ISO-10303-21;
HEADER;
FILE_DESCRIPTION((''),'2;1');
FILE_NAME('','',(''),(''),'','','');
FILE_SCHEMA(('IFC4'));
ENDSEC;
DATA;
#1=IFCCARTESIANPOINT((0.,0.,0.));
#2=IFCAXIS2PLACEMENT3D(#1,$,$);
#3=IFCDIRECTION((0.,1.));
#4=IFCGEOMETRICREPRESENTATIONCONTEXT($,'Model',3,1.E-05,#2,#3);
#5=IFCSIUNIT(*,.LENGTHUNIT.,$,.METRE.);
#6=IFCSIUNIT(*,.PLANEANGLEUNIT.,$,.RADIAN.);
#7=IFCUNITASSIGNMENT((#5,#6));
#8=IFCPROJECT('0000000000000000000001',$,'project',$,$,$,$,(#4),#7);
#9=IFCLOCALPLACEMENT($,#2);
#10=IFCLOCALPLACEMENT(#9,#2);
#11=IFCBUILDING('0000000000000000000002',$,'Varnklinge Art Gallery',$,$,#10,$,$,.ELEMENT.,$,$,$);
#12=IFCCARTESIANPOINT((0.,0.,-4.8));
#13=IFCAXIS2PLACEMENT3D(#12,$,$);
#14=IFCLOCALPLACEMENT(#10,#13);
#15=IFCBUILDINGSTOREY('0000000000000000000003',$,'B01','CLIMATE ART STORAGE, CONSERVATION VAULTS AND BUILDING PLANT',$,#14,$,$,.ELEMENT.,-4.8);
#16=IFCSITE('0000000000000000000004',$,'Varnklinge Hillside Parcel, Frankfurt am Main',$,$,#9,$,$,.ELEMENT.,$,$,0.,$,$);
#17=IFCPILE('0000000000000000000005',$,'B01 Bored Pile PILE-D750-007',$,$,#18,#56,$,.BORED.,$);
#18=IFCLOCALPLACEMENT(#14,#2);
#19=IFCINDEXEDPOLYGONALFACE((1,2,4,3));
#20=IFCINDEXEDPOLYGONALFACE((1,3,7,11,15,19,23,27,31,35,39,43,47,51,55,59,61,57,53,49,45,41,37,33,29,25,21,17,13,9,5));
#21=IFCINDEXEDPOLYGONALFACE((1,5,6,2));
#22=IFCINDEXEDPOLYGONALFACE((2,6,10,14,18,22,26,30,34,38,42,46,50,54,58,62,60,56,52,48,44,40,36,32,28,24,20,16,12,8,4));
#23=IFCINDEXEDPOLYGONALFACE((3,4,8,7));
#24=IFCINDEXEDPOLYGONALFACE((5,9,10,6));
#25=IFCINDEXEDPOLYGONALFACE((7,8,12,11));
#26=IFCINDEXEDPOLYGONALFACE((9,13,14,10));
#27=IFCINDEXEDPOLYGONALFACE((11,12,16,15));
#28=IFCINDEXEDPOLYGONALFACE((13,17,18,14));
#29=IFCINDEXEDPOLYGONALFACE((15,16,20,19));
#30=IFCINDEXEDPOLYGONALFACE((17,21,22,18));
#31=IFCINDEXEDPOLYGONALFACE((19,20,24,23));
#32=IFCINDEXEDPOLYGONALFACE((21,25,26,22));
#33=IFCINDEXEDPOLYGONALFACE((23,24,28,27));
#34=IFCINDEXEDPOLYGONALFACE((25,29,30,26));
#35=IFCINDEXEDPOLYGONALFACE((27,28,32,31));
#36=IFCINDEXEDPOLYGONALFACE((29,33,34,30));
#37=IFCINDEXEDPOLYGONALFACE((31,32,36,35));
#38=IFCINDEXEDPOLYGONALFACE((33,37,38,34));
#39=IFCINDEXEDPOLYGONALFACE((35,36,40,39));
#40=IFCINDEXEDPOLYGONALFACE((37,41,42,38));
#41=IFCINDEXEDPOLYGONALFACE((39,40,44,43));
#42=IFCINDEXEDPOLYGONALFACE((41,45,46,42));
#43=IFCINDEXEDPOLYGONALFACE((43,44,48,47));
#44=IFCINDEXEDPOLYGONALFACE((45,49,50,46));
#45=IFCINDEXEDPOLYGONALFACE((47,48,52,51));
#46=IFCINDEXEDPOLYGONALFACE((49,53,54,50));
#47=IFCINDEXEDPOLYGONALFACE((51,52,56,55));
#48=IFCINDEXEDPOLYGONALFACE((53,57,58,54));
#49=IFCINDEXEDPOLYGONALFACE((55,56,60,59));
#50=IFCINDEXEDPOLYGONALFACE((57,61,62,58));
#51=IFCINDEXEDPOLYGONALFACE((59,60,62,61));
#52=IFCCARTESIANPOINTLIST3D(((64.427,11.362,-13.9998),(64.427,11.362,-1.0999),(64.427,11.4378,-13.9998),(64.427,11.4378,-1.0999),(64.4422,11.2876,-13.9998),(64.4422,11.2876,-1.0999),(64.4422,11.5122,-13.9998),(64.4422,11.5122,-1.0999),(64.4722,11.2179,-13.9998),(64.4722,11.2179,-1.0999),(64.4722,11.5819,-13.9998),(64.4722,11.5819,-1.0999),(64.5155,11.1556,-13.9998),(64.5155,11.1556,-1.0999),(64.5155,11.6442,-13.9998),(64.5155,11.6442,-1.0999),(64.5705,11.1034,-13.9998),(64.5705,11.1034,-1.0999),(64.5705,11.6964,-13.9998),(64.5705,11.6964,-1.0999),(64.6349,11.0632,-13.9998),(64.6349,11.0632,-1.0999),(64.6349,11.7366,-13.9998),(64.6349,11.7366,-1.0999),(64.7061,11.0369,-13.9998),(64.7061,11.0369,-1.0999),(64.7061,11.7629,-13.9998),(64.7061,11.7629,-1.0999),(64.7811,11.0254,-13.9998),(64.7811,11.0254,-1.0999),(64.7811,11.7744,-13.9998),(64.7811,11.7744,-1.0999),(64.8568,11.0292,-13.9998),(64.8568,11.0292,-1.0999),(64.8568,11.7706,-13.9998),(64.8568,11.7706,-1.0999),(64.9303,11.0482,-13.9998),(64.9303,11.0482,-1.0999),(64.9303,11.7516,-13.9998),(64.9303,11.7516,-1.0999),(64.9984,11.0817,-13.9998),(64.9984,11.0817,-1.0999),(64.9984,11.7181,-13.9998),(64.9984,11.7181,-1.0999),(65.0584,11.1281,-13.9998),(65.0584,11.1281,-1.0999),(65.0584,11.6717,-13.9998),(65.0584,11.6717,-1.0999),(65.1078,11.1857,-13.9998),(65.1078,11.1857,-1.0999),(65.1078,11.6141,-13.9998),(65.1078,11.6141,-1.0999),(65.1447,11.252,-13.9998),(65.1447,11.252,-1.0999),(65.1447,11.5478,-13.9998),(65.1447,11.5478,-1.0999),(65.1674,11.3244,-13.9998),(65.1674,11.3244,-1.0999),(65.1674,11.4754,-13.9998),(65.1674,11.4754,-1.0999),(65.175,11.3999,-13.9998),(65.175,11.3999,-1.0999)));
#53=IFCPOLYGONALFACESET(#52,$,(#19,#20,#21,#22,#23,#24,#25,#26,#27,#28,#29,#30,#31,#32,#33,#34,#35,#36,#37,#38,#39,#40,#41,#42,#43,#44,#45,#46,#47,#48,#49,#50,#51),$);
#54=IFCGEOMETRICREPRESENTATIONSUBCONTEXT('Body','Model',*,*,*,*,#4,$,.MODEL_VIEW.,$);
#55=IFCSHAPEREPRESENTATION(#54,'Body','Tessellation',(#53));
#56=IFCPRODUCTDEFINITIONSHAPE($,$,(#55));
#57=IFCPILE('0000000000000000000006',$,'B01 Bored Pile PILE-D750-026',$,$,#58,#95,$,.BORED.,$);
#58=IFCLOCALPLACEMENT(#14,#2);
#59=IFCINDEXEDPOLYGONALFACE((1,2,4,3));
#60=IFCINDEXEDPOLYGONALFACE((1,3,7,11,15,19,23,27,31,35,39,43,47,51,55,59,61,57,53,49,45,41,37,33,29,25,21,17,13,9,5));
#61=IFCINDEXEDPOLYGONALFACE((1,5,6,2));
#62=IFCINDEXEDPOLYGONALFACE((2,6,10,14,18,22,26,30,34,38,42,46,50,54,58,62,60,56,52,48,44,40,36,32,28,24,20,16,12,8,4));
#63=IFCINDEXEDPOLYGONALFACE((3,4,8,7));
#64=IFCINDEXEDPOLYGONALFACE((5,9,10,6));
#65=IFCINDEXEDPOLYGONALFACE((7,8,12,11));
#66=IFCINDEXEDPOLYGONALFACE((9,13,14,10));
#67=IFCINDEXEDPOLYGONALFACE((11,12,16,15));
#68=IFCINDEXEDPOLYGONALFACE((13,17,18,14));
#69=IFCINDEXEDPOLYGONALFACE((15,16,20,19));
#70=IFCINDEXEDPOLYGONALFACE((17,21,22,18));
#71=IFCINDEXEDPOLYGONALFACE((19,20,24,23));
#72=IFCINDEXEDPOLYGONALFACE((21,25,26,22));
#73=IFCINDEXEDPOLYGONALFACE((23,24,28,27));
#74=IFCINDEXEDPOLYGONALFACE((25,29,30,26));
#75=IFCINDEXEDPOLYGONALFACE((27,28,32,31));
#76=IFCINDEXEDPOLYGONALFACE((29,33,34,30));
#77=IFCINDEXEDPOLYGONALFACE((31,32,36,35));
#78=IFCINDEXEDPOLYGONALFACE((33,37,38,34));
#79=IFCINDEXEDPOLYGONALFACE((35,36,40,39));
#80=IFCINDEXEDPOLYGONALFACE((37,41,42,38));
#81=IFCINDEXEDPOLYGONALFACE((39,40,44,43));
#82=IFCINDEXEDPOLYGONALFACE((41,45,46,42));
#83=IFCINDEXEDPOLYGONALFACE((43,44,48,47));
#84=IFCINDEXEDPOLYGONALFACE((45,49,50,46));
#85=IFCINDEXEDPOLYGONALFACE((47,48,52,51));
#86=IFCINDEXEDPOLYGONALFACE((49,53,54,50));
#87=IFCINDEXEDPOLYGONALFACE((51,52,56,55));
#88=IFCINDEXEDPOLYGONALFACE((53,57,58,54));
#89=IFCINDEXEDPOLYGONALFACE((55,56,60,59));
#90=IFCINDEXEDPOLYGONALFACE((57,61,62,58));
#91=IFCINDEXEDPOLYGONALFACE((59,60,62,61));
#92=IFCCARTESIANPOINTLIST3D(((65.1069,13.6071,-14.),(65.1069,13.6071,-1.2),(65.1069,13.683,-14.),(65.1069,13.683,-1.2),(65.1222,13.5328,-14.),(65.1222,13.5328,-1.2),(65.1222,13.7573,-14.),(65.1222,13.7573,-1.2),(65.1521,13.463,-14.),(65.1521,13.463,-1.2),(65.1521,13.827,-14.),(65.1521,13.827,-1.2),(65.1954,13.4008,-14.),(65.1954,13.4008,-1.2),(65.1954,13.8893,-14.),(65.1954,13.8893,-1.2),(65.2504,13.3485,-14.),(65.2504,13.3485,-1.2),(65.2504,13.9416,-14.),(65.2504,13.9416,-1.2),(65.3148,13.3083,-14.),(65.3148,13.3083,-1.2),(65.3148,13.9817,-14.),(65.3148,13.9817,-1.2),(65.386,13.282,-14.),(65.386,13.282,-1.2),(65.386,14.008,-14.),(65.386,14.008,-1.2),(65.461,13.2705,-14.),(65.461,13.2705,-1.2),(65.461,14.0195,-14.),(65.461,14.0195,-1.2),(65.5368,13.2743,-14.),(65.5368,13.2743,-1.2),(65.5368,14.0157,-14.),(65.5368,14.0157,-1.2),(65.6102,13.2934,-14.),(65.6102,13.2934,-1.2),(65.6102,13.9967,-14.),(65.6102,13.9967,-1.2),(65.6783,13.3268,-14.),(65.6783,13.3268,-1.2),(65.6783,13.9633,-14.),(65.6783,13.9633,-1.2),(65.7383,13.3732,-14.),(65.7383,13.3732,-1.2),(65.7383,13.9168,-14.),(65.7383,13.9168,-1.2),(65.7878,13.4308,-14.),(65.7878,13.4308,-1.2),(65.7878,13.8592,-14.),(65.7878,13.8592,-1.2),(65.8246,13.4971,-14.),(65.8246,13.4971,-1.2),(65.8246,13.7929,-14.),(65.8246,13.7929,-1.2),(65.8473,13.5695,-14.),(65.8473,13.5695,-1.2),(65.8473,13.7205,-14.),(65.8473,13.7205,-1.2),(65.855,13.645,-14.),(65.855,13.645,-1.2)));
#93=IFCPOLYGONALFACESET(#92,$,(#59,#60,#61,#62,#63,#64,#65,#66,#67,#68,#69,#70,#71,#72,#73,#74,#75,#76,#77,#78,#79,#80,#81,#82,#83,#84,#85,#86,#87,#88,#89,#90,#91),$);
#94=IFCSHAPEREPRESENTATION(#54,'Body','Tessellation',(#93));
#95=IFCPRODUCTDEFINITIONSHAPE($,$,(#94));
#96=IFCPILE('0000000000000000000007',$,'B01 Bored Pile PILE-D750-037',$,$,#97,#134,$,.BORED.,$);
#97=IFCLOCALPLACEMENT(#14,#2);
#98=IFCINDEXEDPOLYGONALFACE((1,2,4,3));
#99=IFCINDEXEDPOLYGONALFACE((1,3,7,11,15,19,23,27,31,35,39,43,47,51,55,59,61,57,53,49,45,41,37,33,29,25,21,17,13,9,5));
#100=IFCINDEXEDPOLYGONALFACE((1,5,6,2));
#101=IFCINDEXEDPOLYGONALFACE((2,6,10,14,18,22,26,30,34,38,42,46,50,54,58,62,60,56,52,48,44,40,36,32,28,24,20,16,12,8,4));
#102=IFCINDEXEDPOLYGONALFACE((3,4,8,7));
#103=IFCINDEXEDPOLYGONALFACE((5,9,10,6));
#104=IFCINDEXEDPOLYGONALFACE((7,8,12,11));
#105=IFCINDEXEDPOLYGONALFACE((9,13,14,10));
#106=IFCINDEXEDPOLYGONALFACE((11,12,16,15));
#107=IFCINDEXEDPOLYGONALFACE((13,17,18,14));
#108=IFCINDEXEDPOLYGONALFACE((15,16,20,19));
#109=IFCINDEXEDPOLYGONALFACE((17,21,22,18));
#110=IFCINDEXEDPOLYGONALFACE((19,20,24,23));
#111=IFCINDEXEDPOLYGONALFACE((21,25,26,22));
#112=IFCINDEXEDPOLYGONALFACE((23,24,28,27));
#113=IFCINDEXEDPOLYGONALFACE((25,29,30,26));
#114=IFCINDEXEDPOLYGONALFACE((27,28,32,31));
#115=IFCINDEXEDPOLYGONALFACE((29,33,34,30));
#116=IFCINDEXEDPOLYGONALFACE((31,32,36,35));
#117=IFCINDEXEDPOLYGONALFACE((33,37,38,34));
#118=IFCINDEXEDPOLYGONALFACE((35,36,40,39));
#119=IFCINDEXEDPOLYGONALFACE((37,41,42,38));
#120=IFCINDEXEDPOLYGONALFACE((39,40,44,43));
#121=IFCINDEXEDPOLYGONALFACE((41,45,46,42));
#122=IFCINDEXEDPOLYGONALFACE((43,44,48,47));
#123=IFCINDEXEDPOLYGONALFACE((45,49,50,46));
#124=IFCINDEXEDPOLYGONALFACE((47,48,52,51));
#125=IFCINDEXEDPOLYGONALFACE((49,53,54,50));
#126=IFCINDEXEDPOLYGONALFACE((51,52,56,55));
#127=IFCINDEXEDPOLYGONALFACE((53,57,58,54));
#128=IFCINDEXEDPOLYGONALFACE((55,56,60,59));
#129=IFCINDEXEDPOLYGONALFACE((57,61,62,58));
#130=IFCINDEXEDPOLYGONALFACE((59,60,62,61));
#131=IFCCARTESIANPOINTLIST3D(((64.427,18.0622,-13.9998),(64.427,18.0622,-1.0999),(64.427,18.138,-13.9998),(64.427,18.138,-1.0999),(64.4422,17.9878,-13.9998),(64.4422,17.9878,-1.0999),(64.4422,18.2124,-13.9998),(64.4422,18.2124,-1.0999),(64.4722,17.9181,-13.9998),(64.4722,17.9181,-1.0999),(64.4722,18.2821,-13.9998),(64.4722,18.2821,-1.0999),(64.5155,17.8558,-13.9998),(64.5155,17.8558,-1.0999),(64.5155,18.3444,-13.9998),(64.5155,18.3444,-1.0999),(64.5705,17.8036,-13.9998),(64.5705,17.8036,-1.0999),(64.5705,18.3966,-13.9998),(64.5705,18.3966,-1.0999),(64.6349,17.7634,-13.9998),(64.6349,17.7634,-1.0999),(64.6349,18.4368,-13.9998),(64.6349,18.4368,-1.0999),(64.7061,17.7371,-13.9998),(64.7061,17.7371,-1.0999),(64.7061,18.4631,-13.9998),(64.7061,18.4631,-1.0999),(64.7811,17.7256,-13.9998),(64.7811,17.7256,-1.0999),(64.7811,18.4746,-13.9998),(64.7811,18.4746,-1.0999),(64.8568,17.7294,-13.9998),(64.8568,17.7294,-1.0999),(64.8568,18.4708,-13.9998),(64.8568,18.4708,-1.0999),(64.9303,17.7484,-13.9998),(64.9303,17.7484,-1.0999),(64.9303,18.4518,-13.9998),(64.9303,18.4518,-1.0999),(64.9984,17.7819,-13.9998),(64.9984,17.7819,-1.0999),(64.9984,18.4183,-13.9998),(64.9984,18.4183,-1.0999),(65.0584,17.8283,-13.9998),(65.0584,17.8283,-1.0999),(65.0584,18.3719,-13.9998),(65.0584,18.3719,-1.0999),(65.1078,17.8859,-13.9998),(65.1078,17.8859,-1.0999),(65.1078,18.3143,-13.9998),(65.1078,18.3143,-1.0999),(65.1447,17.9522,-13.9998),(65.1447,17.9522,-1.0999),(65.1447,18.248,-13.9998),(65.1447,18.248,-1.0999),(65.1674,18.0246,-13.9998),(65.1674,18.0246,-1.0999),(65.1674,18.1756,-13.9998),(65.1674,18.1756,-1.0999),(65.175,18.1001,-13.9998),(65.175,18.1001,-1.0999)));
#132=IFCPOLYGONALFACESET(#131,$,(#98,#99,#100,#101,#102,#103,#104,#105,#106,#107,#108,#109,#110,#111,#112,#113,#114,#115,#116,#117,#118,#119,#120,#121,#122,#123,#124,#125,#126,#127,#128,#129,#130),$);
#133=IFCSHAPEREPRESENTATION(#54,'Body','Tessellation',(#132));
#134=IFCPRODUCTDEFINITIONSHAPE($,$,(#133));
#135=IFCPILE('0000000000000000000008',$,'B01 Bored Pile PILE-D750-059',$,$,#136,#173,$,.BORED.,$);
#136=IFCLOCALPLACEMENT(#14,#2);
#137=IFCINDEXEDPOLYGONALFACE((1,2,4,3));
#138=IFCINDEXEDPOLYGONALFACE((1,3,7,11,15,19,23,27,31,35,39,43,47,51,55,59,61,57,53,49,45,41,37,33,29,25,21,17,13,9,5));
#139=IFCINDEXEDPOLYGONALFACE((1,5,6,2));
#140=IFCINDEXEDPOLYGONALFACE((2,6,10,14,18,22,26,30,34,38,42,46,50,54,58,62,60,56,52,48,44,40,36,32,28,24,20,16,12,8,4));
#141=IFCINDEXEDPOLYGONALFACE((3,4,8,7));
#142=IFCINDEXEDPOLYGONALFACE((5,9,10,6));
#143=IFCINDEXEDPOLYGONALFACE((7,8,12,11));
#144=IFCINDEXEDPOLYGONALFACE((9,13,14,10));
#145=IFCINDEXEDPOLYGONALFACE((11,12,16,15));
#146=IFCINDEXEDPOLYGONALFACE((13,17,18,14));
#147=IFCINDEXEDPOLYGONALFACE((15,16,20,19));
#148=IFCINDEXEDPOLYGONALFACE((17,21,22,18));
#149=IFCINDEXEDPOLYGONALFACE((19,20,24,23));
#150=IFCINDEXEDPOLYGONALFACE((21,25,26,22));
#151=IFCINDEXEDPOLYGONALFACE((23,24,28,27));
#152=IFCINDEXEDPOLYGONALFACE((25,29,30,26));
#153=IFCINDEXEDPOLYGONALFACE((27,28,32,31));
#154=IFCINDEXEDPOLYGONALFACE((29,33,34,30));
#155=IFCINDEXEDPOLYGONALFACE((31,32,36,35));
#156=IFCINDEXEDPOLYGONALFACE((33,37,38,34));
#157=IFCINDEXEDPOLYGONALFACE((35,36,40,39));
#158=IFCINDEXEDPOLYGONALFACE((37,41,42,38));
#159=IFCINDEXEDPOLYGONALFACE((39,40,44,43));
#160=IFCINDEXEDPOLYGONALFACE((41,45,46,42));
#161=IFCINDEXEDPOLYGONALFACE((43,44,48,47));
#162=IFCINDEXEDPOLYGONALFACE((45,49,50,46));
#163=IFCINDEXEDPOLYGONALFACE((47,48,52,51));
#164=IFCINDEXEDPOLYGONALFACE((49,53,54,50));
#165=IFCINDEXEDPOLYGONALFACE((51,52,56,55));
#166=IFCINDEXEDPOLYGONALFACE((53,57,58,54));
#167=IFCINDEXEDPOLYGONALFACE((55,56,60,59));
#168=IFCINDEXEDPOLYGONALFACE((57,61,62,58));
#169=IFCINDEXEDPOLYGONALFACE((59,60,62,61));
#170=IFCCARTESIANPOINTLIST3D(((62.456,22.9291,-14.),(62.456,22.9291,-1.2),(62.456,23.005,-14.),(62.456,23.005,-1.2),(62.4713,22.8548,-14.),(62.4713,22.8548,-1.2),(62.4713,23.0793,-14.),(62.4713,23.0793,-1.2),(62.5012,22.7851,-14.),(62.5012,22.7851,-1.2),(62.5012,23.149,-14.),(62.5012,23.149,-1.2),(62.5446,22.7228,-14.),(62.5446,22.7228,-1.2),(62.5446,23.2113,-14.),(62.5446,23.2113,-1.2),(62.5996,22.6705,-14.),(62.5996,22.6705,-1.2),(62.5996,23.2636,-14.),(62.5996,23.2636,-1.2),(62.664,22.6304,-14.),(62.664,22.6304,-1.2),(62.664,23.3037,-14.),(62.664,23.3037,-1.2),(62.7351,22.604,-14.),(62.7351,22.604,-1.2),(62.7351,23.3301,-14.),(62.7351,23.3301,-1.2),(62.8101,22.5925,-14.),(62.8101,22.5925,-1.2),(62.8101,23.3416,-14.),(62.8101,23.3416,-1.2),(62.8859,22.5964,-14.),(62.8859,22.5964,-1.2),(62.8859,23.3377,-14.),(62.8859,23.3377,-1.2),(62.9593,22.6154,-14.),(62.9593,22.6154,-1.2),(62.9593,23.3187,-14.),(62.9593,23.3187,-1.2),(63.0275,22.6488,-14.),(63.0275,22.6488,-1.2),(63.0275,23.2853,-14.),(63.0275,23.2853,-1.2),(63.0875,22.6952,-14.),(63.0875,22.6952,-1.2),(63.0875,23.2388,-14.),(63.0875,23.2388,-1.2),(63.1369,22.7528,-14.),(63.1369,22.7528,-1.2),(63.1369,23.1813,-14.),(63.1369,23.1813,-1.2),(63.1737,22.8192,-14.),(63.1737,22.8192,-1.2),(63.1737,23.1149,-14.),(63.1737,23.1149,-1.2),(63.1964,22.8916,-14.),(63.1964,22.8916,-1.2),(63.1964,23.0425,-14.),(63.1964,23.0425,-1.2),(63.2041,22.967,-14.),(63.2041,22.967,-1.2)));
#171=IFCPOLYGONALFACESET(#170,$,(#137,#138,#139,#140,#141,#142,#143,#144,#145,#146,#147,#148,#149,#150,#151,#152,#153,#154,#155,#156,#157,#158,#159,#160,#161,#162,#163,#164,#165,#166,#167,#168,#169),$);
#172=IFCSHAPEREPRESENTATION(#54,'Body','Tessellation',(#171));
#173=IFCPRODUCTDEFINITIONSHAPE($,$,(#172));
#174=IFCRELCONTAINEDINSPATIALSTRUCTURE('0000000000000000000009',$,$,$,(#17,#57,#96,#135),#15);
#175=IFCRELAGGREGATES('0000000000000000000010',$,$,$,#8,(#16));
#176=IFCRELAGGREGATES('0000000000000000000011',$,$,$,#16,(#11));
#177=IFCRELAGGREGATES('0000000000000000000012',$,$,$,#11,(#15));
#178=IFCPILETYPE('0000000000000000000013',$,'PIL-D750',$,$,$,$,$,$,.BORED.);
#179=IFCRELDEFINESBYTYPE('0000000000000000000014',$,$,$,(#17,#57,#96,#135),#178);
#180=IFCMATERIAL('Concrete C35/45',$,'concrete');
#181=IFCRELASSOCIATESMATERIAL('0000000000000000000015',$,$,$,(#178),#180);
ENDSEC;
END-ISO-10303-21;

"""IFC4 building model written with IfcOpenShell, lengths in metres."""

from ifc_helpers import new_model, si_unit, direction, frame, origin, origin_2d, place, context, subcontext, project, spatial, circle, extrude, material, material_profile, profile_set, type_object, element, save


model = new_model("IFC4")

# Units and contexts
model_context = context("Model", 3, precision=1e-05, world=origin(), true_north=direction((0.0, 1.0)))
body_context = subcontext(model_context, "Body", "Model", "MODEL_VIEW")
ifc_project = project(units=[si_unit("LENGTHUNIT", "METRE"), si_unit("PLANEANGLEUNIT", "RADIAN")], contexts=[model_context])

# Site, building, storey
site_placement = place(None, origin())
site = spatial("IfcSite", under=ifc_project, at=site_placement, Name="Varnklinge Hillside Parcel, Frankfurt am Main", CompositionType="ELEMENT", RefElevation=0.0)
building_placement = place(site_placement, origin())
building = spatial("IfcBuilding", under=site, at=building_placement, Name="Varnklinge Art Gallery", CompositionType="ELEMENT")
storey_placement = place(building_placement, frame((0.0, 0.0, -4.8)))
storey = spatial("IfcBuildingStorey", under=building, at=storey_placement, Name="B01", Description="CLIMATE ART STORAGE, CONSERVATION VAULTS AND BUILDING PLANT", CompositionType="ELEMENT", Elevation=-4.8)

# Piles
ifc_material_1 = material(Name="Concrete C35/45", Category="concrete")
ifc_material_profile_1 = material_profile(ifc_material_1, circle(Radius=0.375, at=origin_2d()), Name="PILE D750")
ifc_profile_set_1 = profile_set([ifc_material_profile_1], Name="Concrete C35/45")
pile_type = type_object("IfcPileType", Name="PIL-D750", PredefinedType="BORED", material=ifc_profile_set_1)
pile_1_placement = place(storey_placement, frame((64.8, 11.3999, -1.0999), z_axis=(0.0, 0.0, -1.0), x_axis=(1.0, 0.0, 0.0)))
element("IfcPile", 1, at=pile_1_placement, inside=storey, type_object=pile_type, Name="B01 Bored Pile PILE-D750-007", PredefinedType="BORED", context=body_context, shape_type="SweptSolid", body=[
    extrude(circle(Radius=0.375, at=origin_2d()), origin(), (0.0, 0.0, 1.0), 12.8999),
])
pile_2_placement = place(storey_placement, frame((65.48, 13.645, -1.2), z_axis=(0.0, 0.0, -1.0), x_axis=(1.0, 0.0, 0.0)))
element("IfcPile", 2, at=pile_2_placement, inside=storey, type_object=pile_type, Name="B01 Bored Pile PILE-D750-026", PredefinedType="BORED", context=body_context, shape_type="SweptSolid", body=[
    extrude(circle(Radius=0.375, at=origin_2d()), origin(), (0.0, 0.0, 1.0), 12.8),
])
pile_3_placement = place(storey_placement, frame((64.8, 18.1001, -1.0999), z_axis=(0.0, 0.0, -1.0), x_axis=(1.0, 0.0, 0.0)))
element("IfcPile", 3, at=pile_3_placement, inside=storey, type_object=pile_type, Name="B01 Bored Pile PILE-D750-037", PredefinedType="BORED", context=body_context, shape_type="SweptSolid", body=[
    extrude(circle(Radius=0.375, at=origin_2d()), origin(), (0.0, 0.0, 1.0), 12.8999),
])
pile_4_placement = place(storey_placement, frame((62.8291, 22.967, -1.2), z_axis=(0.0, 0.0, -1.0), x_axis=(1.0, 0.0, 0.0)))
element("IfcPile", 4, at=pile_4_placement, inside=storey, type_object=pile_type, Name="B01 Bored Pile PILE-D750-059", PredefinedType="BORED", context=body_context, shape_type="SweptSolid", body=[
    extrude(circle(Radius=0.375, at=origin_2d()), origin(), (0.0, 0.0, 1.0), 12.8),
])

save(model, "model.ifc")
